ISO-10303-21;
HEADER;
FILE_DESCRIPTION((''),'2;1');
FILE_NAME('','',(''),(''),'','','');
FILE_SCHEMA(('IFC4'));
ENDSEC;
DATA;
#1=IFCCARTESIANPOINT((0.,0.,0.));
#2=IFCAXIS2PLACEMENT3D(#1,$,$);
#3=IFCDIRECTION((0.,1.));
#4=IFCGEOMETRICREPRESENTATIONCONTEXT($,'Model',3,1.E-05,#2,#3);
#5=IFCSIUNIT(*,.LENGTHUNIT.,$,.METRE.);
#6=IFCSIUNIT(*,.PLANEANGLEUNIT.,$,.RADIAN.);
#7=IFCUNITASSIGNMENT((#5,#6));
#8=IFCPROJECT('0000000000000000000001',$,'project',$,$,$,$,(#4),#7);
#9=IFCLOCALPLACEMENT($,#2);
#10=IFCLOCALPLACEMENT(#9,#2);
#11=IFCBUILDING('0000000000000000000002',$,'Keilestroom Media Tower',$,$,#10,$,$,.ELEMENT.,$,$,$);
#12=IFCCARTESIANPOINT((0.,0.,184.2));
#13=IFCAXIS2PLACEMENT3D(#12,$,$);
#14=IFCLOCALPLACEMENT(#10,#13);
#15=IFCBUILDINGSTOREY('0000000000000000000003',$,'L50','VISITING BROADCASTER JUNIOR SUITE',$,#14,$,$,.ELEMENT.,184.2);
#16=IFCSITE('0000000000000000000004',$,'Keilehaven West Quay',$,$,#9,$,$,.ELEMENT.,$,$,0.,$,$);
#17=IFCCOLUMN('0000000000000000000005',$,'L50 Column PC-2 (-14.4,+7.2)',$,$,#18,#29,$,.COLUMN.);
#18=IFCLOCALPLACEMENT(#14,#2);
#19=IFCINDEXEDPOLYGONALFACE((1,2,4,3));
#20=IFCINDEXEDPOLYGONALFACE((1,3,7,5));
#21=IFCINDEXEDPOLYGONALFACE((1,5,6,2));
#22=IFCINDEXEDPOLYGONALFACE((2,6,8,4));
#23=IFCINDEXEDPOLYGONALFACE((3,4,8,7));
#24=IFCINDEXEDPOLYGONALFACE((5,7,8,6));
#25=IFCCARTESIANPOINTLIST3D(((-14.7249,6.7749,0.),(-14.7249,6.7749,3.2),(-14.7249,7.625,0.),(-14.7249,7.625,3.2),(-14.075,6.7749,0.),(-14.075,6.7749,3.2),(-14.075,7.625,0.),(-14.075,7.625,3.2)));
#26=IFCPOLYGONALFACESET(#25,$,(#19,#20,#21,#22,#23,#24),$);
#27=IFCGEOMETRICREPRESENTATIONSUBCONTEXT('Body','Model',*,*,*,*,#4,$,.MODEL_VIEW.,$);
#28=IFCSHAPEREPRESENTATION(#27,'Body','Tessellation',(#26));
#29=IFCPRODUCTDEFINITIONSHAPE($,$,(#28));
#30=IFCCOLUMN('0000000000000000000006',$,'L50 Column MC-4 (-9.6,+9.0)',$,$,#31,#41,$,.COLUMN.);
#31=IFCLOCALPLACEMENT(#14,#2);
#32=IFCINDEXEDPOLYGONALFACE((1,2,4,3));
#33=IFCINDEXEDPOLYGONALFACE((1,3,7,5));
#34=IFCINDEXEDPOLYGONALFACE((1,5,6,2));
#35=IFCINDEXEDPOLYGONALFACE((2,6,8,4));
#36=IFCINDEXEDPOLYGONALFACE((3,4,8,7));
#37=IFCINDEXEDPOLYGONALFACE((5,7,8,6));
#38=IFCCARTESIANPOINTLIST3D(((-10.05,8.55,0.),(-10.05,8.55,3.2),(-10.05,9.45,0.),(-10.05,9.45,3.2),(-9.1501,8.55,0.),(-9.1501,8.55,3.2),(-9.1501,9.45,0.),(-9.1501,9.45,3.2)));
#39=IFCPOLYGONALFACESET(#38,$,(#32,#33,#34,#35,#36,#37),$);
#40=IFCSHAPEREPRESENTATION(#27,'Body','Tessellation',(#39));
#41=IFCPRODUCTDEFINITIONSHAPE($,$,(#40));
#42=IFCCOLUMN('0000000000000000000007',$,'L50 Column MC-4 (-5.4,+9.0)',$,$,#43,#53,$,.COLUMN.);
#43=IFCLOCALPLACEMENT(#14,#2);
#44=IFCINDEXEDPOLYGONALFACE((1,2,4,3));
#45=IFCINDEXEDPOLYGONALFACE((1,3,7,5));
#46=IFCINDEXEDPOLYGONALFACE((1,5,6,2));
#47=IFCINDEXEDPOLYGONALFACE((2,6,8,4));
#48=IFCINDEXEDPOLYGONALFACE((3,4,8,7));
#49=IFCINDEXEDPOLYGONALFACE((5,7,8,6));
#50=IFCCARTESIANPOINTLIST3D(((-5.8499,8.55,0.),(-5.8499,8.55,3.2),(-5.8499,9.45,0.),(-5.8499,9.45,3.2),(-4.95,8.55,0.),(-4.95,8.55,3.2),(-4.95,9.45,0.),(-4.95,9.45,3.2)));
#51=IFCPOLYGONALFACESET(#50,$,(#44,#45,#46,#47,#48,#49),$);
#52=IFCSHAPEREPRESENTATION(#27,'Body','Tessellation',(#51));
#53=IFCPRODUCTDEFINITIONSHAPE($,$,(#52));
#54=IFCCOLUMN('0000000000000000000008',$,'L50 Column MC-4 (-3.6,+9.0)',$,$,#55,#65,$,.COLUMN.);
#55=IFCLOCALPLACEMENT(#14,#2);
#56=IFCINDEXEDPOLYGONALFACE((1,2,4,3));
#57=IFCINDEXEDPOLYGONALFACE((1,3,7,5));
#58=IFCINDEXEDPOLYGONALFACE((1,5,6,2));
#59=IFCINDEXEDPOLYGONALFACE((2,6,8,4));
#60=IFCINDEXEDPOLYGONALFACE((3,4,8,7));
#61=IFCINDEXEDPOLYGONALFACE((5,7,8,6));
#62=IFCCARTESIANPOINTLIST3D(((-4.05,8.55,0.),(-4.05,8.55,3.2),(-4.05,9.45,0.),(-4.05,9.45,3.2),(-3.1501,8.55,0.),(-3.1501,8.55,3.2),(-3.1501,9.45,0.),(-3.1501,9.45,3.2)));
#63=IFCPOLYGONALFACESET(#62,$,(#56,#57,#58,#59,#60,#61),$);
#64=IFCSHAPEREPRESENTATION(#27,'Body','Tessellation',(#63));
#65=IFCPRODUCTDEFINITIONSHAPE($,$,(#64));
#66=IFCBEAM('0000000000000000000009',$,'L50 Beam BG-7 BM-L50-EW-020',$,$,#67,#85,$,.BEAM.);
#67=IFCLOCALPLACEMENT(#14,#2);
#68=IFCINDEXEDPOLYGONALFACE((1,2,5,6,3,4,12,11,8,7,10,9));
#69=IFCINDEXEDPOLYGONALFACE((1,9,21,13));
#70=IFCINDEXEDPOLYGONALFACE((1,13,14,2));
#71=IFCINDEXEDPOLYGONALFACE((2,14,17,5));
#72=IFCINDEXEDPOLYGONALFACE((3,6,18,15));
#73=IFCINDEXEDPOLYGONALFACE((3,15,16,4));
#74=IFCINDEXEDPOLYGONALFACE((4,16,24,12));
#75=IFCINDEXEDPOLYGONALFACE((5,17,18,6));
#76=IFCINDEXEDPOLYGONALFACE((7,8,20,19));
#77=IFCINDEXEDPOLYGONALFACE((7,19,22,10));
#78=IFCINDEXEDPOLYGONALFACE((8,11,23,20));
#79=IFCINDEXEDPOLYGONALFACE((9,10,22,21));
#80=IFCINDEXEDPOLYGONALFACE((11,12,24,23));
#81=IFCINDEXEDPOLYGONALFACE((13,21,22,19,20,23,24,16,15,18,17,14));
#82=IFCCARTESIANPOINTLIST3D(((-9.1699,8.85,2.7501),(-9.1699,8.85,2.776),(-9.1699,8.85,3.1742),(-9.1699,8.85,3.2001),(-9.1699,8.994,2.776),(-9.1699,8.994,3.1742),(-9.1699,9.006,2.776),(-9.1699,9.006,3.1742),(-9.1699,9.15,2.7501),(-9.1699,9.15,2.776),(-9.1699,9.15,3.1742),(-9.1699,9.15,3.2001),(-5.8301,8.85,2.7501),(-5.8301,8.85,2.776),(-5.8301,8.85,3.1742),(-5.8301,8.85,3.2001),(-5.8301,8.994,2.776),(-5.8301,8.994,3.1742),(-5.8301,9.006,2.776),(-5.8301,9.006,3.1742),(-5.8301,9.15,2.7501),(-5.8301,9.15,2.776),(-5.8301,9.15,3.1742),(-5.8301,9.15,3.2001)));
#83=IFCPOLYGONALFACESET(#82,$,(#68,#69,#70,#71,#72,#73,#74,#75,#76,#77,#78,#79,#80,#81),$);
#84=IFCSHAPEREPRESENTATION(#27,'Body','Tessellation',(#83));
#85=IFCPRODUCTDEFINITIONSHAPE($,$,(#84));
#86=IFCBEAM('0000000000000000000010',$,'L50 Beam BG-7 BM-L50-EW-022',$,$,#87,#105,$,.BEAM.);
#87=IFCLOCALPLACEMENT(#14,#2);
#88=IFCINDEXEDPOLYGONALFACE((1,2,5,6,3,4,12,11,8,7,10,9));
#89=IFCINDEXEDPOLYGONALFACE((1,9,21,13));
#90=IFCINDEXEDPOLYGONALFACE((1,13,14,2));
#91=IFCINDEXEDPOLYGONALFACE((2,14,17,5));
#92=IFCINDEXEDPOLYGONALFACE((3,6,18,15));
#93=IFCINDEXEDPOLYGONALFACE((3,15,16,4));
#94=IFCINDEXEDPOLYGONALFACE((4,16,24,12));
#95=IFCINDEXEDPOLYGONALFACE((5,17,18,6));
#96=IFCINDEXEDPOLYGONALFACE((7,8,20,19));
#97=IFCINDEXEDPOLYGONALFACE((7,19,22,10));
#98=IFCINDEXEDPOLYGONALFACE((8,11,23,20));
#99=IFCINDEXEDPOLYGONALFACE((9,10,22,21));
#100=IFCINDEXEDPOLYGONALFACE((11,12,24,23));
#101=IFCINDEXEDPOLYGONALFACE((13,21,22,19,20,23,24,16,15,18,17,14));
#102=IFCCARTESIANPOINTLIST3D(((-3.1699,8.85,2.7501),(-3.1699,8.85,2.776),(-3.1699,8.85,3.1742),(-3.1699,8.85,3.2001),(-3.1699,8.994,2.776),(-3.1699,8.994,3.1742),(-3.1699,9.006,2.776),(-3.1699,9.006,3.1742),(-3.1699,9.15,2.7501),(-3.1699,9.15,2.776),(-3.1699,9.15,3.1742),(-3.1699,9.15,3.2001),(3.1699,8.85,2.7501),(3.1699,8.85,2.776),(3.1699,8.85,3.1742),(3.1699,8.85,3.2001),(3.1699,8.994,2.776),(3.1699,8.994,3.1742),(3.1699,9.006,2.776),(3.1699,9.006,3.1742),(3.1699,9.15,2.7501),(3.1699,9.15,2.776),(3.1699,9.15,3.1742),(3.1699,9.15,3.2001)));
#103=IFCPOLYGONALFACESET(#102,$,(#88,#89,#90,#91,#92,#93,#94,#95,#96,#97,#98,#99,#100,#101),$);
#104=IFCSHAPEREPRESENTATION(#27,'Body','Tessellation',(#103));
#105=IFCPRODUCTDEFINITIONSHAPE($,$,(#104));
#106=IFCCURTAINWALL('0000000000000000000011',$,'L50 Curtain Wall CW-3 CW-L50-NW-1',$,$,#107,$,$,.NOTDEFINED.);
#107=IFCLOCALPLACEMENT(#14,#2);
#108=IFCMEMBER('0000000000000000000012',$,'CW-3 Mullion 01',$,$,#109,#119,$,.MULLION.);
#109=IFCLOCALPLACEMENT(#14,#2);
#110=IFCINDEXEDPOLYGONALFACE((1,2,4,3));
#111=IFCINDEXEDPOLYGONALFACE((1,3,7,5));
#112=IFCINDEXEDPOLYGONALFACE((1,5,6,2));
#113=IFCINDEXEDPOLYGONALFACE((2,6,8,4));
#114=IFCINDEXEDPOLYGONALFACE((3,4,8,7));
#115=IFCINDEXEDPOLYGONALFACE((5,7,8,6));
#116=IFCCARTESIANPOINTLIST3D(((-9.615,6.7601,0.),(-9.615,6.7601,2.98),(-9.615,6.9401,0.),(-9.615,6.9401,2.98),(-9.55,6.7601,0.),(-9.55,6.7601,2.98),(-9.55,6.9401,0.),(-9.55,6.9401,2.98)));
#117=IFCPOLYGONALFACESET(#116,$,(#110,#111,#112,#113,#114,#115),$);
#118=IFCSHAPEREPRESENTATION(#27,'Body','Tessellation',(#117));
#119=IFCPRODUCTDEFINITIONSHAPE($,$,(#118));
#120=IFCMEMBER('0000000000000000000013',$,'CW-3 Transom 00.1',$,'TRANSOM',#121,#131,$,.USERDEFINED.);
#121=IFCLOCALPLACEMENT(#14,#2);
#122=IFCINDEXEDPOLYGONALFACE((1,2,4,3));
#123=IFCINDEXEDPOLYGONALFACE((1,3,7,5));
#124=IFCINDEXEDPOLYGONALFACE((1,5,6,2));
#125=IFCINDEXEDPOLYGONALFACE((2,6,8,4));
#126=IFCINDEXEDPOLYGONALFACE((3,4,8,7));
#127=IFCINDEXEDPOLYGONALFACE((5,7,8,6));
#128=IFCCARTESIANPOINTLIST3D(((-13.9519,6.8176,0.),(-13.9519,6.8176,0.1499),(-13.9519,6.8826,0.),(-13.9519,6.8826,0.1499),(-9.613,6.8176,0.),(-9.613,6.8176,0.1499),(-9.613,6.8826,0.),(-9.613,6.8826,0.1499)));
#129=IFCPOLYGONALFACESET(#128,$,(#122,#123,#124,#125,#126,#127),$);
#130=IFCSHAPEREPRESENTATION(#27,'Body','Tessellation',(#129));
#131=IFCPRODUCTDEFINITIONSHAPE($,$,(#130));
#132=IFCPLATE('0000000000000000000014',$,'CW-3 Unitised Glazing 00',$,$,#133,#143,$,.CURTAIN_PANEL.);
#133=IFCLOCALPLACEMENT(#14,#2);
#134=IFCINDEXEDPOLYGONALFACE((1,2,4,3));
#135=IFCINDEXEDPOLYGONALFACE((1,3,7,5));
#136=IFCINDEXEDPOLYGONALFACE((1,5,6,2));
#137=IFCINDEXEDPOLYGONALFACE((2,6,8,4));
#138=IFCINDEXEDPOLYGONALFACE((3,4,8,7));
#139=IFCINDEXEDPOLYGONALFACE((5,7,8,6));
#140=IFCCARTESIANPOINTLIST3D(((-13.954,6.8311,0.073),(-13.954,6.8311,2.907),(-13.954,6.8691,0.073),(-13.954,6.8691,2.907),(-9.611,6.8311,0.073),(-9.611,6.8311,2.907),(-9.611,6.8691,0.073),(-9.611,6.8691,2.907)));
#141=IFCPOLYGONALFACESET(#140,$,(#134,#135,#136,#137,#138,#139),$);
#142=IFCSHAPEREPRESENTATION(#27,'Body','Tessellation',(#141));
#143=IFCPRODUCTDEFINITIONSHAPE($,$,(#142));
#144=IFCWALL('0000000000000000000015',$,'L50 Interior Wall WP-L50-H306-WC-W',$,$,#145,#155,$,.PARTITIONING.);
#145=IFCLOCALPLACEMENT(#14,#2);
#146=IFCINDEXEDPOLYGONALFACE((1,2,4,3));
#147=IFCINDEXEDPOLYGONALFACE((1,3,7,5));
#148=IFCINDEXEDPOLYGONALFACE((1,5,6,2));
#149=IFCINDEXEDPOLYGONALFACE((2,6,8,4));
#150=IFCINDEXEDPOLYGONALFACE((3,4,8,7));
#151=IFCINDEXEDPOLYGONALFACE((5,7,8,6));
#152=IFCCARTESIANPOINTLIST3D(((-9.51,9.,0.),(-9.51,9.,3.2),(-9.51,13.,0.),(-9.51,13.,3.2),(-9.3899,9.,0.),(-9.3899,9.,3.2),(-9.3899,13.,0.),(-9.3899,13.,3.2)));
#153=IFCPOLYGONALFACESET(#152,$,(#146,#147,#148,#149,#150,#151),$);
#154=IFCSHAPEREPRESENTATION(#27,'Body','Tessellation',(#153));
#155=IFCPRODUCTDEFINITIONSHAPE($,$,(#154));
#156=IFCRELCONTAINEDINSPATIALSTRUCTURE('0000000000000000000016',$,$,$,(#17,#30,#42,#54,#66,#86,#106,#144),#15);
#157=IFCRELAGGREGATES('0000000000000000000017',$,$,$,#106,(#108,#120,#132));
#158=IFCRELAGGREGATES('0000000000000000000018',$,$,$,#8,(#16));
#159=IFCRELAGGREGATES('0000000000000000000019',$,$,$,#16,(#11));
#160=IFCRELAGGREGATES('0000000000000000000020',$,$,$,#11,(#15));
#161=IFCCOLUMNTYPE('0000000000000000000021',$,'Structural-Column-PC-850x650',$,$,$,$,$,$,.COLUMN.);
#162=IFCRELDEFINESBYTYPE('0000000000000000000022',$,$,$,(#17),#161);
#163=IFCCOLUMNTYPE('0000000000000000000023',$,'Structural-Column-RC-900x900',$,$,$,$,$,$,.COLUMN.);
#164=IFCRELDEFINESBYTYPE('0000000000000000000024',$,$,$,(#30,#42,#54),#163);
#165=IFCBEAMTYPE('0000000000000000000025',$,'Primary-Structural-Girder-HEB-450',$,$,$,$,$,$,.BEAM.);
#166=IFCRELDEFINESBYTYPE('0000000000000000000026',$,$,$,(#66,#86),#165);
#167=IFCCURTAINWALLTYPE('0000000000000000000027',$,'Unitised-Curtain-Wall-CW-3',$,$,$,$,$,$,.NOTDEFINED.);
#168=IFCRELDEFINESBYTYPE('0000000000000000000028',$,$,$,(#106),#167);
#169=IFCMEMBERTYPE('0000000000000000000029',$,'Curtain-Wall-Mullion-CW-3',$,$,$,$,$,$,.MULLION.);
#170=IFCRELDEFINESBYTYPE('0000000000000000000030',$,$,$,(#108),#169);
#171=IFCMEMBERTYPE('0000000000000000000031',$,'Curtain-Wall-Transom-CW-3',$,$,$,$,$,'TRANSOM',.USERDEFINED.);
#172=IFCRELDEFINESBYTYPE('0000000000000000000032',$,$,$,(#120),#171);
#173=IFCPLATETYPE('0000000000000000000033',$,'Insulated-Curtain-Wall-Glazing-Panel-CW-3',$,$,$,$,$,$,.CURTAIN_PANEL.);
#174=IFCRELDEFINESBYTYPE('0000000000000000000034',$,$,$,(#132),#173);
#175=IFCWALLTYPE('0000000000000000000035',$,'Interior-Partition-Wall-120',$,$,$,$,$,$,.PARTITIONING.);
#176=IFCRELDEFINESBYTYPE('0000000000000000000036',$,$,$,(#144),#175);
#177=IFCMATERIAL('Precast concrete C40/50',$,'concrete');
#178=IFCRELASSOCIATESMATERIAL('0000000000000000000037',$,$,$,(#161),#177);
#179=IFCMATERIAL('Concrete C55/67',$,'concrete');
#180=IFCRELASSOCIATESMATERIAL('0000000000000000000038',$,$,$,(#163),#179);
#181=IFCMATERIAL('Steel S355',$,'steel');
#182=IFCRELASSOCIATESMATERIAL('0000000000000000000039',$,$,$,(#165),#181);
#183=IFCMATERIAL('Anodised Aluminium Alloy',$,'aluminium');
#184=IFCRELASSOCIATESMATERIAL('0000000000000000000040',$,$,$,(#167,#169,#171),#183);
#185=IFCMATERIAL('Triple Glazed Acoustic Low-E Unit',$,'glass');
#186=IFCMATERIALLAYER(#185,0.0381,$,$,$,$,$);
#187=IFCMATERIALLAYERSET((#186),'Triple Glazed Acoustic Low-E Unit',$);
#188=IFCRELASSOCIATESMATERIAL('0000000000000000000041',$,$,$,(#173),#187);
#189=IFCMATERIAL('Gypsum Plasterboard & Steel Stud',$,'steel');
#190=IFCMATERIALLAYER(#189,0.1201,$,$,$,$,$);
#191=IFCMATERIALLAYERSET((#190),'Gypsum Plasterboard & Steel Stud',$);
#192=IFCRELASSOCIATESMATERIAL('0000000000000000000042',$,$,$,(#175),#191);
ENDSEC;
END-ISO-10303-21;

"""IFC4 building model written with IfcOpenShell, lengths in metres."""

from ifc_helpers import new_model, si_unit, direction, frame, frame_2d, origin, origin_2d, place, context, subcontext, project, spatial, rectangle, i_section, extrude, source, transform, mapped, material, layer, layer_set, material_profile, profile_set, type_object, element, aggregate, save


model = new_model("IFC4")

# Units and contexts
model_context = context("Model", 3, precision=1e-05, world=origin(), true_north=direction((0.0, 1.0)))
body_context = subcontext(model_context, "Body", "Model", "MODEL_VIEW")
ifc_project = project(units=[si_unit("LENGTHUNIT", "METRE"), si_unit("PLANEANGLEUNIT", "RADIAN")], contexts=[model_context])

# Site, building, storey
site_placement = place(None, origin())
site = spatial("IfcSite", under=ifc_project, at=site_placement, Name="Keilehaven West Quay", CompositionType="ELEMENT", RefElevation=0.0)
building_placement = place(site_placement, origin())
building = spatial("IfcBuilding", under=site, at=building_placement, Name="Keilestroom Media Tower", CompositionType="ELEMENT")
storey_placement = place(building_placement, frame((0.0, 0.0, 184.2)))
storey = spatial("IfcBuildingStorey", under=building, at=storey_placement, Name="L50", Description="VISITING BROADCASTER JUNIOR SUITE", CompositionType="ELEMENT", Elevation=184.2)

# Columns
ifc_material_1 = material(Name="Precast concrete C40/50", Category="concrete")
ifc_material_profile_1 = material_profile(ifc_material_1, rectangle(XDim=0.6499, YDim=0.8501, at=origin_2d()), Name="PC 850x650")
ifc_profile_set_1 = profile_set([ifc_material_profile_1], Name="Precast concrete C40/50")
column_type_1 = type_object("IfcColumnType", Name="Structural-Column-PC-850x650", PredefinedType="COLUMN", material=ifc_profile_set_1)
shared_shape_1 = source(origin(), body_context, "Body", "SweptSolid", [
    extrude(rectangle(XDim=0.6499, YDim=0.8501, at=origin_2d()), origin(), (0.0, 0.0, 1.0), 3.2),
])
column_placement = place(storey_placement, frame((-14.3999, 7.2, 0.0), z_axis=(0.0, 0.0, 1.0), x_axis=(1.0, 0.0, 0.0)))
element("IfcColumn", 1, at=column_placement, inside=storey, type_object=column_type_1, Name="L50 Column PC-2 (-14.4,+7.2)", PredefinedType="COLUMN", context=body_context, shape_type="MappedRepresentation", body=[
    mapped(shared_shape_1, transform((0.0, 0.0, 0.0), x_axis=(1.0, 0.0, 0.0), y_axis=(0.0, 1.0, 0.0), z_axis=(0.0, 0.0, 1.0), scale=1.0)),
])
ifc_material_2 = material(Name="Concrete C55/67", Category="concrete")
ifc_material_profile_2 = material_profile(ifc_material_2, rectangle(XDim=0.8999, YDim=0.8999, at=origin_2d()), Name="RC 900x900")
ifc_profile_set_2 = profile_set([ifc_material_profile_2], Name="Concrete C55/67")
column_type_2 = type_object("IfcColumnType", Name="Structural-Column-RC-900x900", PredefinedType="COLUMN", material=ifc_profile_set_2)
shared_shape_2 = source(origin(), body_context, "Body", "SweptSolid", [
    extrude(rectangle(XDim=0.8999, YDim=0.8999, at=origin_2d()), origin(), (0.0, 0.0, 1.0), 3.2),
])
for number, where, z_axis, x_axis, name in (
    (2, (-9.6001, 9.0, 0.0), (0.0, 0.0, 1.0), (1.0, 0.0, 0.0), "L50 Column MC-4 (-9.6,+9.0)"),
    (3, (-5.3999, 9.0, 0.0), (0.0, 0.0, 1.0), (1.0, 0.0, 0.0), "L50 Column MC-4 (-5.4,+9.0)"),
    (4, (-3.6001, 9.0, 0.0), (0.0, 0.0, 1.0), (1.0, 0.0, 0.0), "L50 Column MC-4 (-3.6,+9.0)"),
):
    element("IfcColumn", number, at=place(storey_placement, frame(where, z_axis=z_axis, x_axis=x_axis)), inside=storey, type_object=column_type_2, Name=name, PredefinedType="COLUMN", context=body_context, shape_type="MappedRepresentation", body=[
        mapped(shared_shape_2, transform((0.0, 0.0, 0.0), x_axis=(1.0, 0.0, 0.0), y_axis=(0.0, 1.0, 0.0), z_axis=(0.0, 0.0, 1.0), scale=1.0)),
    ])

# Beams
ifc_material_3 = material(Name="Steel S355", Category="steel")
ifc_material_profile_3 = material_profile(ifc_material_3, i_section(OverallWidth=0.3, OverallDepth=0.45, WebThickness=0.012, FlangeThickness=0.0259, at=origin_2d()), Name="HEB 450")
ifc_profile_set_3 = profile_set([ifc_material_profile_3], Name="Steel S355")
beam_type = type_object("IfcBeamType", Name="Primary-Structural-Girder-HEB-450", PredefinedType="BEAM", material=ifc_profile_set_3)
shared_shape_3 = source(origin(), body_context, "Body", "SweptSolid", [
    extrude(i_section(OverallWidth=0.3, OverallDepth=0.45, WebThickness=0.012, FlangeThickness=0.0259, at=origin_2d()), origin(), (0.0, 0.0, 1.0), 3.3398),
])
beam_1_placement = place(storey_placement, frame((-9.1699, 9.0, 2.9751), z_axis=(1.0, 0.0, 0.0), x_axis=(0.0, 1.0, 0.0)))
element("IfcBeam", 5, at=beam_1_placement, inside=storey, type_object=beam_type, Name="L50 Beam BG-7 BM-L50-EW-020", PredefinedType="BEAM", context=body_context, shape_type="MappedRepresentation", body=[
    mapped(shared_shape_3, transform((0.0, 0.0, 0.0), x_axis=(1.0, 0.0, 0.0), y_axis=(0.0, 1.0, 0.0), z_axis=(0.0, 0.0, 1.0), scale=1.0)),
])
shared_shape_4 = source(origin(), body_context, "Body", "SweptSolid", [
    extrude(i_section(OverallWidth=0.3, OverallDepth=0.45, WebThickness=0.012, FlangeThickness=0.0259, at=origin_2d()), origin(), (0.0, 0.0, 1.0), 6.3398),
])
beam_2_placement = place(storey_placement, frame((-3.1699, 9.0, 2.9751), z_axis=(1.0, 0.0, 0.0), x_axis=(0.0, 1.0, 0.0)))
element("IfcBeam", 6, at=beam_2_placement, inside=storey, type_object=beam_type, Name="L50 Beam BG-7 BM-L50-EW-022", PredefinedType="BEAM", context=body_context, shape_type="MappedRepresentation", body=[
    mapped(shared_shape_4, transform((0.0, 0.0, 0.0), x_axis=(1.0, 0.0, 0.0), y_axis=(0.0, 1.0, 0.0), z_axis=(0.0, 0.0, 1.0), scale=1.0)),
])

# Curtain wall, members, plate
ifc_material_4 = material(Name="Anodised Aluminium Alloy", Category="aluminium")
curtain_wall_type = type_object("IfcCurtainWallType", Name="Unitised-Curtain-Wall-CW-3", PredefinedType="NOTDEFINED", material=ifc_material_4)
curtain_wall_placement = place(storey_placement, origin())
curtain_wall = element("IfcCurtainWall", 7, at=curtain_wall_placement, inside=storey, type_object=curtain_wall_type, Name="L50 Curtain Wall CW-3 CW-L50-NW-1", PredefinedType="NOTDEFINED")
ifc_material_profile_4 = material_profile(ifc_material_4, rectangle(XDim=0.0649, YDim=0.1799, at=origin_2d()), Name="ALU MULLION 65x180")
ifc_profile_set_4 = profile_set([ifc_material_profile_4], Name="Anodised Aluminium Alloy")
member_type_1 = type_object("IfcMemberType", Name="Curtain-Wall-Mullion-CW-3", PredefinedType="MULLION", material=ifc_profile_set_4)
shared_shape_5 = source(origin(), body_context, "Body", "SweptSolid", [
    extrude(rectangle(XDim=0.0649, YDim=0.1799, at=origin_2d()), origin(), (0.0, 0.0, 1.0), 2.98),
])
member_1_placement = place(storey_placement, frame((-9.5825, 6.8501, 0.0), z_axis=(0.0, 0.0, 1.0), x_axis=(1.0, 0.0, 0.0)))
member_1 = element("IfcMember", 8, at=member_1_placement, type_object=member_type_1, Name="CW-3 Mullion 01", PredefinedType="MULLION", context=body_context, shape_type="MappedRepresentation", body=[
    mapped(shared_shape_5, transform((0.0, 0.0, 0.0), x_axis=(1.0, 0.0, 0.0), y_axis=(0.0, 1.0, 0.0), z_axis=(0.0, 0.0, 1.0), scale=1.0)),
])
ifc_material_profile_5 = material_profile(ifc_material_4, rectangle(XDim=0.0649, YDim=0.1499, at=origin_2d()), Name="ALU TRANSOM 65x150")
ifc_profile_set_5 = profile_set([ifc_material_profile_5], Name="Anodised Aluminium Alloy")
member_type_2 = type_object("IfcMemberType", Name="Curtain-Wall-Transom-CW-3", ElementType="TRANSOM", PredefinedType="USERDEFINED", material=ifc_profile_set_5)
shared_shape_6 = source(origin(), body_context, "Body", "SweptSolid", [
    extrude(rectangle(XDim=0.0649, YDim=0.1499, at=origin_2d()), origin(), (0.0, 0.0, 1.0), 4.3389),
])
member_2_placement = place(storey_placement, frame((-13.9519, 6.8501, 0.075), z_axis=(1.0, 0.0, 0.0), x_axis=(0.0, 1.0, 0.0)))
member_2 = element("IfcMember", 9, at=member_2_placement, type_object=member_type_2, Name="CW-3 Transom 00.1", ObjectType="TRANSOM", PredefinedType="USERDEFINED", context=body_context, shape_type="MappedRepresentation", body=[
    mapped(shared_shape_6, transform((0.0, 0.0, 0.0), x_axis=(1.0, 0.0, 0.0), y_axis=(0.0, 1.0, 0.0), z_axis=(0.0, 0.0, 1.0), scale=1.0)),
])
ifc_material_5 = material(Name="Triple Glazed Acoustic Low-E Unit", Category="glass")
ifc_layer_1 = layer(ifc_material_5, 0.0381)
ifc_layer_set_1 = layer_set([ifc_layer_1], Name="Triple Glazed Acoustic Low-E Unit")
plate_type = type_object("IfcPlateType", Name="Insulated-Curtain-Wall-Glazing-Panel-CW-3", PredefinedType="CURTAIN_PANEL", material=ifc_layer_set_1)
shared_shape_7 = source(origin(), body_context, "Body", "SweptSolid", [
    extrude(rectangle(XDim=4.343, YDim=0.0381, at=origin_2d()), origin(), (0.0, 0.0, 1.0), 2.834),
])
plate_placement = place(storey_placement, frame((-11.7825, 6.8501, 0.073), z_axis=(0.0, 0.0, 1.0), x_axis=(1.0, 0.0, 0.0)))
plate = element("IfcPlate", 10, at=plate_placement, type_object=plate_type, Name="CW-3 Unitised Glazing 00", PredefinedType="CURTAIN_PANEL", context=body_context, shape_type="MappedRepresentation", body=[
    mapped(shared_shape_7, transform((0.0, 0.0, 0.0), x_axis=(1.0, 0.0, 0.0), y_axis=(0.0, 1.0, 0.0), z_axis=(0.0, 0.0, 1.0), scale=1.0)),
])
aggregate(curtain_wall, [member_1, member_2, plate])

# Wall
ifc_material_6 = material(Name="Gypsum Plasterboard & Steel Stud", Category="steel")
ifc_layer_2 = layer(ifc_material_6, 0.1201)
ifc_layer_set_2 = layer_set([ifc_layer_2], Name="Gypsum Plasterboard & Steel Stud")
wall_type_1 = type_object("IfcWallType", Name="Interior-Partition-Wall-120", PredefinedType="PARTITIONING", material=ifc_layer_set_2)
wall_1_placement = place(storey_placement, frame((-9.45, 9.0, 0.0), z_axis=(0.0, 0.0, 1.0), x_axis=(0.0, 1.0, 0.0)))
element("IfcWall", 11, at=wall_1_placement, inside=storey, type_object=wall_type_1, Name="L50 Interior Wall WP-L50-H306-WC-W", PredefinedType="PARTITIONING", context=body_context, shape_type="SweptSolid", body=[
    extrude(rectangle(XDim=4.0, YDim=0.1201, at=frame_2d((2.0, 0.0))), origin(), (0.0, 0.0, 1.0), 3.2),
])

save(model, "model.ifc")
